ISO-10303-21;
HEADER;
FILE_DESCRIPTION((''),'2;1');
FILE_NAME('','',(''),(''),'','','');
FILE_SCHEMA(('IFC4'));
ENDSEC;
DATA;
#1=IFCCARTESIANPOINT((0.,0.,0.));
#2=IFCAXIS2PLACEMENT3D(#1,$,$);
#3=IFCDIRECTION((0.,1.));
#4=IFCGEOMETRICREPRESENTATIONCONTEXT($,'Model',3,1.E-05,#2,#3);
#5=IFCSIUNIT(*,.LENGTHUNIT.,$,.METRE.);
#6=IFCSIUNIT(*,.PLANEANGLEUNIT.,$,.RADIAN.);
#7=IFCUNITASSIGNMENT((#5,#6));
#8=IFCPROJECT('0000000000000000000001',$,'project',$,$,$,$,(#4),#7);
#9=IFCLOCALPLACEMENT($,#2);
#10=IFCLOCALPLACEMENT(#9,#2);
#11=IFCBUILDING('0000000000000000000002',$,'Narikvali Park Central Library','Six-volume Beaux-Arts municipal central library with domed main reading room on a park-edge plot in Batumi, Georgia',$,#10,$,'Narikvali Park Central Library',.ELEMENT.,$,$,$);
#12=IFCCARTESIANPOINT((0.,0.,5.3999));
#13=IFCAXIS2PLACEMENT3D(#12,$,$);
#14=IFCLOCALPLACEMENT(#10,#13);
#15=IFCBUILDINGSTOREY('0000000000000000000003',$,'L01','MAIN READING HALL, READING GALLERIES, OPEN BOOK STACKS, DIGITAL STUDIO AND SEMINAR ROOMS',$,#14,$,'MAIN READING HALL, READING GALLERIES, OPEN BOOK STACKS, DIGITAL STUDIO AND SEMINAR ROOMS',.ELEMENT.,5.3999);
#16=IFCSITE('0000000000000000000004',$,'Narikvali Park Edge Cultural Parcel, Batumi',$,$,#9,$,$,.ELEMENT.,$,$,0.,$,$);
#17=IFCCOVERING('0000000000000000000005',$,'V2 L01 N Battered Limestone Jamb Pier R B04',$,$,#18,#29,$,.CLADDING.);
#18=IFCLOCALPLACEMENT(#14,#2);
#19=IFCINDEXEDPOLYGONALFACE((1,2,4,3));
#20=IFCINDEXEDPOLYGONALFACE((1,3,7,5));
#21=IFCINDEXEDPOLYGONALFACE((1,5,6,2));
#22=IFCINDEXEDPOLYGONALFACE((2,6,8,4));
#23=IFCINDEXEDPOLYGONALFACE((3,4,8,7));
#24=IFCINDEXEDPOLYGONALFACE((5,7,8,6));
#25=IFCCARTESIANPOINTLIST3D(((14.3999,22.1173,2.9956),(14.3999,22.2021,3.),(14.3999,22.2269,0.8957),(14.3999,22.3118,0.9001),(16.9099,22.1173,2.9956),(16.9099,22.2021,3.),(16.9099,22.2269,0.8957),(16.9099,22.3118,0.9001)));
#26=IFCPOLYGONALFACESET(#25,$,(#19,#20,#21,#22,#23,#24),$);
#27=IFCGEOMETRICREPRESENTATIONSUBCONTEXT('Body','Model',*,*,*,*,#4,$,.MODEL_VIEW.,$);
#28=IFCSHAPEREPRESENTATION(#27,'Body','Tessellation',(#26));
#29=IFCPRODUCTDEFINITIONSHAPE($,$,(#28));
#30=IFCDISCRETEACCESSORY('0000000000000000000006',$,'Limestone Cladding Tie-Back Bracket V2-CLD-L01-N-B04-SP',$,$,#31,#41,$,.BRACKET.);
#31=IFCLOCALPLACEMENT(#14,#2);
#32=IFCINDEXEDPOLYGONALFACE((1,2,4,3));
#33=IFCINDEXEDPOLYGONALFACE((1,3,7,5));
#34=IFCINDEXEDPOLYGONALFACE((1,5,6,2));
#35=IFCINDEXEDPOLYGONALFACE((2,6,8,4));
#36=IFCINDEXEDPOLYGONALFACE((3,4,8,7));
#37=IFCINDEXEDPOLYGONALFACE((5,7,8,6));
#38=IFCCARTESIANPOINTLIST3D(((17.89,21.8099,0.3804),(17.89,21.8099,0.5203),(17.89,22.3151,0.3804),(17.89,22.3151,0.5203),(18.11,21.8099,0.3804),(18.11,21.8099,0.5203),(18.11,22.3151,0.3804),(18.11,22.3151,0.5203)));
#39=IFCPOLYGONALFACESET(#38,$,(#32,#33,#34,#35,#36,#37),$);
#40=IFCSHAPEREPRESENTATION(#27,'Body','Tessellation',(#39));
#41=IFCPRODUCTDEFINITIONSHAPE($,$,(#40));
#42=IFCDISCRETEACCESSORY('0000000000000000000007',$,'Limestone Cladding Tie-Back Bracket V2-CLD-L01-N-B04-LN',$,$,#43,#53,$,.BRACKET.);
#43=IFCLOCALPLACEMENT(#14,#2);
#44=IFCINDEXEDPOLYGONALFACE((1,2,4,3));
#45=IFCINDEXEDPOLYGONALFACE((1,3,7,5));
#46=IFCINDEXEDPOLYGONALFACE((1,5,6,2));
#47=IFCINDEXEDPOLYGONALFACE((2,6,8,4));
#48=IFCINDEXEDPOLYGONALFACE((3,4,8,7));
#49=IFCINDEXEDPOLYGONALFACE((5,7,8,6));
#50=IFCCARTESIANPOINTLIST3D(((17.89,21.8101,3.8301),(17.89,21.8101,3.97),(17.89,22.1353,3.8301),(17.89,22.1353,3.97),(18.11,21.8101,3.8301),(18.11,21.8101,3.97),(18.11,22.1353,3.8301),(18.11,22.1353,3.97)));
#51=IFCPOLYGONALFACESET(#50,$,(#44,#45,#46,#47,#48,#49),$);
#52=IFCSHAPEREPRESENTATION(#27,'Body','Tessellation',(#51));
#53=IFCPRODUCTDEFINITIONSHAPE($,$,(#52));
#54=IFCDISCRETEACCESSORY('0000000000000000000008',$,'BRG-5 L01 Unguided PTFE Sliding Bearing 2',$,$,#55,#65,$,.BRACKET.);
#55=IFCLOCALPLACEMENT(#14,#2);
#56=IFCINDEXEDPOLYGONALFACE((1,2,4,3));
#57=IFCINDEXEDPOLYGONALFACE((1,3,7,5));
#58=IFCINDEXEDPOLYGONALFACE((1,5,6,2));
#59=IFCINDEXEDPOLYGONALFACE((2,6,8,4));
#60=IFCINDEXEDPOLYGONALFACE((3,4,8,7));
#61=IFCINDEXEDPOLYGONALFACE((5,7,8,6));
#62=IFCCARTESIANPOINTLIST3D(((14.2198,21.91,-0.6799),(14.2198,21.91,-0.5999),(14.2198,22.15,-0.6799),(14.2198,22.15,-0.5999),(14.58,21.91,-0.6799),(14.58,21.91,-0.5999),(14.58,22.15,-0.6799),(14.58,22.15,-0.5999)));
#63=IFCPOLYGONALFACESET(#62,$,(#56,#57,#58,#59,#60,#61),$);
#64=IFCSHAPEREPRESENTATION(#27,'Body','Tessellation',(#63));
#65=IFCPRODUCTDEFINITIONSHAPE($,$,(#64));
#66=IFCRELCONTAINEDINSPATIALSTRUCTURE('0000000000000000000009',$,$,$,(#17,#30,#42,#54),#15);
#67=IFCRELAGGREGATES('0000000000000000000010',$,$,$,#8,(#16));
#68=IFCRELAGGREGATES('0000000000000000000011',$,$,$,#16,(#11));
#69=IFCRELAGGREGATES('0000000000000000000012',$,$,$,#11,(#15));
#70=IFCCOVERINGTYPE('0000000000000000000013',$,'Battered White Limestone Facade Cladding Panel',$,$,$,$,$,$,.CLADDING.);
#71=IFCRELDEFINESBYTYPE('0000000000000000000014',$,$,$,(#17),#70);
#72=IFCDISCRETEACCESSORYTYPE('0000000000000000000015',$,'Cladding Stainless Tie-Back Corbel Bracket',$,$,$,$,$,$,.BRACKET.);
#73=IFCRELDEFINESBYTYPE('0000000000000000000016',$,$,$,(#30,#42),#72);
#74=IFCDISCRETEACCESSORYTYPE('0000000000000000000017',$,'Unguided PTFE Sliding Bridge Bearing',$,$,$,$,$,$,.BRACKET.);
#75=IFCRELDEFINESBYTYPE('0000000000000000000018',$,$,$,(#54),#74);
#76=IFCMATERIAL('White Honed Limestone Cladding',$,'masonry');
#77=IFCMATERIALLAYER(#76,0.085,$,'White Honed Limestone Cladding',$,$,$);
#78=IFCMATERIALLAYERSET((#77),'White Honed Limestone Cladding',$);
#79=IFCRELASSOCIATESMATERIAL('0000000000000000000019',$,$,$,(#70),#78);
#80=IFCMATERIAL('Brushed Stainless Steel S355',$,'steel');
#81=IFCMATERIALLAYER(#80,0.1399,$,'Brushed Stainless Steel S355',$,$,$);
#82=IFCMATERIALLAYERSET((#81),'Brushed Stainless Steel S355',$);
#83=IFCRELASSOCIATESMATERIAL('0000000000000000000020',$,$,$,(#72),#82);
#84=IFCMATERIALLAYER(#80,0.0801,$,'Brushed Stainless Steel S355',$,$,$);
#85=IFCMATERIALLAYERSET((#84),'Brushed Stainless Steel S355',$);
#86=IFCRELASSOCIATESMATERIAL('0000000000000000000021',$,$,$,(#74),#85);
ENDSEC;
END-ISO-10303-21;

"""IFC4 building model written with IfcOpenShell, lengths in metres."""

from ifc_helpers import new_model, si_unit, direction, frame, origin, origin_2d, place, context, subcontext, project, spatial, polyline, rectangle, outline, extrude, material, layer, layer_set, type_object, element, save


model = new_model("IFC4")

# Units and contexts
model_context = context("Model", 3, precision=1e-05, world=origin(), true_north=direction((0.0, 1.0)))
body_context = subcontext(model_context, "Body", "Model", "MODEL_VIEW")
ifc_project = project(units=[si_unit("LENGTHUNIT", "METRE"), si_unit("PLANEANGLEUNIT", "RADIAN")], contexts=[model_context])

# Site, building, storey
site_placement = place(None, origin())
site = spatial("IfcSite", under=ifc_project, at=site_placement, Name="Narikvali Park Edge Cultural Parcel, Batumi", CompositionType="ELEMENT", RefElevation=0.0)
building_placement = place(site_placement, origin())
building = spatial("IfcBuilding", under=site, at=building_placement, Name="Narikvali Park Central Library", Description="Six-volume Beaux-Arts municipal central library with domed main reading room on a park-edge plot in Batumi, Georgia", LongName="Narikvali Park Central Library", CompositionType="ELEMENT")
storey_placement = place(building_placement, frame((0.0, 0.0, 5.3999)))
storey = spatial("IfcBuildingStorey", under=building, at=storey_placement, Name="L01", Description="MAIN READING HALL, READING GALLERIES, OPEN BOOK STACKS, DIGITAL STUDIO AND SEMINAR ROOMS", LongName="MAIN READING HALL, READING GALLERIES, OPEN BOOK STACKS, DIGITAL STUDIO AND SEMINAR ROOMS", CompositionType="ELEMENT", Elevation=5.3999)

# Covering
ifc_material_1 = material(Name="White Honed Limestone Cladding", Category="masonry")
ifc_layer_1 = layer(ifc_material_1, 0.085, Name="White Honed Limestone Cladding")
ifc_layer_set_1 = layer_set([ifc_layer_1], Name="White Honed Limestone Cladding")
covering_type = type_object("IfcCoveringType", Name="Battered White Limestone Facade Cladding Panel", PredefinedType="CLADDING", material=ifc_layer_set_1)
for number, where, z_axis, x_axis, name in (
    (1, (16.9099, 22.3118, 0.9001), (0.0, 0.99864, 0.052132), (-1.0, 0.0, 0.0), "V2 L01 N Battered Limestone Jamb Pier R B04"),
):
    element("IfcCovering", number, at=place(storey_placement, frame(where, z_axis=z_axis, x_axis=x_axis)), inside=storey, type_object=covering_type, Name=name, PredefinedType="CLADDING", context=body_context, shape_type="SweptSolid", body=[
        extrude(outline(polyline([(0.0, 0.0), (2.51, 0.0), (2.51, 2.1027), (0.0, 2.1027), (0.0, 0.0)])), origin(), (0.0, 0.0, -1.0), 0.085),
    ])

# Discrete accessories
ifc_material_2 = material(Name="Brushed Stainless Steel S355", Category="steel")
ifc_layer_2 = layer(ifc_material_2, 0.1399, Name="Brushed Stainless Steel S355")
ifc_layer_set_2 = layer_set([ifc_layer_2], Name="Brushed Stainless Steel S355")
discrete_accessory_type_1 = type_object("IfcDiscreteAccessoryType", Name="Cladding Stainless Tie-Back Corbel Bracket", PredefinedType="BRACKET", material=ifc_layer_set_2)
discrete_accessory_1_placement = place(storey_placement, frame((18.0, 22.0625, 0.3804), z_axis=(0.0, 0.0, 1.0), x_axis=(1.0, 0.0, 0.0)))
element("IfcDiscreteAccessory", 2, at=discrete_accessory_1_placement, inside=storey, type_object=discrete_accessory_type_1, Name="Limestone Cladding Tie-Back Bracket V2-CLD-L01-N-B04-SP", PredefinedType="BRACKET", context=body_context, shape_type="SweptSolid", body=[
    extrude(rectangle(XDim=0.22, YDim=0.5051, at=origin_2d()), origin(), (0.0, 0.0, 1.0), 0.1399),
])
discrete_accessory_2_placement = place(storey_placement, frame((18.0, 21.9727, 3.8301), z_axis=(0.0, 0.0, 1.0), x_axis=(1.0, 0.0, 0.0)))
element("IfcDiscreteAccessory", 3, at=discrete_accessory_2_placement, inside=storey, type_object=discrete_accessory_type_1, Name="Limestone Cladding Tie-Back Bracket V2-CLD-L01-N-B04-LN", PredefinedType="BRACKET", context=body_context, shape_type="SweptSolid", body=[
    extrude(rectangle(XDim=0.22, YDim=0.3252, at=origin_2d()), origin(), (0.0, 0.0, 1.0), 0.1399),
])
ifc_layer_3 = layer(ifc_material_2, 0.0801, Name="Brushed Stainless Steel S355")
ifc_layer_set_3 = layer_set([ifc_layer_3], Name="Brushed Stainless Steel S355")
discrete_accessory_type_2 = type_object("IfcDiscreteAccessoryType", Name="Unguided PTFE Sliding Bridge Bearing", PredefinedType="BRACKET", material=ifc_layer_set_3)
discrete_accessory_3_placement = place(storey_placement, frame((14.3999, 22.03, -0.6799), z_axis=(0.0, 0.0, 1.0), x_axis=(1.0, 0.0, 0.0)))
element("IfcDiscreteAccessory", 4, at=discrete_accessory_3_placement, inside=storey, type_object=discrete_accessory_type_2, Name="BRG-5 L01 Unguided PTFE Sliding Bearing 2", PredefinedType="BRACKET", context=body_context, shape_type="SweptSolid", body=[
    extrude(rectangle(XDim=0.3601, YDim=0.24, at=origin_2d()), origin(), (0.0, 0.0, 1.0), 0.0801),
])

save(model, "model.ifc")
